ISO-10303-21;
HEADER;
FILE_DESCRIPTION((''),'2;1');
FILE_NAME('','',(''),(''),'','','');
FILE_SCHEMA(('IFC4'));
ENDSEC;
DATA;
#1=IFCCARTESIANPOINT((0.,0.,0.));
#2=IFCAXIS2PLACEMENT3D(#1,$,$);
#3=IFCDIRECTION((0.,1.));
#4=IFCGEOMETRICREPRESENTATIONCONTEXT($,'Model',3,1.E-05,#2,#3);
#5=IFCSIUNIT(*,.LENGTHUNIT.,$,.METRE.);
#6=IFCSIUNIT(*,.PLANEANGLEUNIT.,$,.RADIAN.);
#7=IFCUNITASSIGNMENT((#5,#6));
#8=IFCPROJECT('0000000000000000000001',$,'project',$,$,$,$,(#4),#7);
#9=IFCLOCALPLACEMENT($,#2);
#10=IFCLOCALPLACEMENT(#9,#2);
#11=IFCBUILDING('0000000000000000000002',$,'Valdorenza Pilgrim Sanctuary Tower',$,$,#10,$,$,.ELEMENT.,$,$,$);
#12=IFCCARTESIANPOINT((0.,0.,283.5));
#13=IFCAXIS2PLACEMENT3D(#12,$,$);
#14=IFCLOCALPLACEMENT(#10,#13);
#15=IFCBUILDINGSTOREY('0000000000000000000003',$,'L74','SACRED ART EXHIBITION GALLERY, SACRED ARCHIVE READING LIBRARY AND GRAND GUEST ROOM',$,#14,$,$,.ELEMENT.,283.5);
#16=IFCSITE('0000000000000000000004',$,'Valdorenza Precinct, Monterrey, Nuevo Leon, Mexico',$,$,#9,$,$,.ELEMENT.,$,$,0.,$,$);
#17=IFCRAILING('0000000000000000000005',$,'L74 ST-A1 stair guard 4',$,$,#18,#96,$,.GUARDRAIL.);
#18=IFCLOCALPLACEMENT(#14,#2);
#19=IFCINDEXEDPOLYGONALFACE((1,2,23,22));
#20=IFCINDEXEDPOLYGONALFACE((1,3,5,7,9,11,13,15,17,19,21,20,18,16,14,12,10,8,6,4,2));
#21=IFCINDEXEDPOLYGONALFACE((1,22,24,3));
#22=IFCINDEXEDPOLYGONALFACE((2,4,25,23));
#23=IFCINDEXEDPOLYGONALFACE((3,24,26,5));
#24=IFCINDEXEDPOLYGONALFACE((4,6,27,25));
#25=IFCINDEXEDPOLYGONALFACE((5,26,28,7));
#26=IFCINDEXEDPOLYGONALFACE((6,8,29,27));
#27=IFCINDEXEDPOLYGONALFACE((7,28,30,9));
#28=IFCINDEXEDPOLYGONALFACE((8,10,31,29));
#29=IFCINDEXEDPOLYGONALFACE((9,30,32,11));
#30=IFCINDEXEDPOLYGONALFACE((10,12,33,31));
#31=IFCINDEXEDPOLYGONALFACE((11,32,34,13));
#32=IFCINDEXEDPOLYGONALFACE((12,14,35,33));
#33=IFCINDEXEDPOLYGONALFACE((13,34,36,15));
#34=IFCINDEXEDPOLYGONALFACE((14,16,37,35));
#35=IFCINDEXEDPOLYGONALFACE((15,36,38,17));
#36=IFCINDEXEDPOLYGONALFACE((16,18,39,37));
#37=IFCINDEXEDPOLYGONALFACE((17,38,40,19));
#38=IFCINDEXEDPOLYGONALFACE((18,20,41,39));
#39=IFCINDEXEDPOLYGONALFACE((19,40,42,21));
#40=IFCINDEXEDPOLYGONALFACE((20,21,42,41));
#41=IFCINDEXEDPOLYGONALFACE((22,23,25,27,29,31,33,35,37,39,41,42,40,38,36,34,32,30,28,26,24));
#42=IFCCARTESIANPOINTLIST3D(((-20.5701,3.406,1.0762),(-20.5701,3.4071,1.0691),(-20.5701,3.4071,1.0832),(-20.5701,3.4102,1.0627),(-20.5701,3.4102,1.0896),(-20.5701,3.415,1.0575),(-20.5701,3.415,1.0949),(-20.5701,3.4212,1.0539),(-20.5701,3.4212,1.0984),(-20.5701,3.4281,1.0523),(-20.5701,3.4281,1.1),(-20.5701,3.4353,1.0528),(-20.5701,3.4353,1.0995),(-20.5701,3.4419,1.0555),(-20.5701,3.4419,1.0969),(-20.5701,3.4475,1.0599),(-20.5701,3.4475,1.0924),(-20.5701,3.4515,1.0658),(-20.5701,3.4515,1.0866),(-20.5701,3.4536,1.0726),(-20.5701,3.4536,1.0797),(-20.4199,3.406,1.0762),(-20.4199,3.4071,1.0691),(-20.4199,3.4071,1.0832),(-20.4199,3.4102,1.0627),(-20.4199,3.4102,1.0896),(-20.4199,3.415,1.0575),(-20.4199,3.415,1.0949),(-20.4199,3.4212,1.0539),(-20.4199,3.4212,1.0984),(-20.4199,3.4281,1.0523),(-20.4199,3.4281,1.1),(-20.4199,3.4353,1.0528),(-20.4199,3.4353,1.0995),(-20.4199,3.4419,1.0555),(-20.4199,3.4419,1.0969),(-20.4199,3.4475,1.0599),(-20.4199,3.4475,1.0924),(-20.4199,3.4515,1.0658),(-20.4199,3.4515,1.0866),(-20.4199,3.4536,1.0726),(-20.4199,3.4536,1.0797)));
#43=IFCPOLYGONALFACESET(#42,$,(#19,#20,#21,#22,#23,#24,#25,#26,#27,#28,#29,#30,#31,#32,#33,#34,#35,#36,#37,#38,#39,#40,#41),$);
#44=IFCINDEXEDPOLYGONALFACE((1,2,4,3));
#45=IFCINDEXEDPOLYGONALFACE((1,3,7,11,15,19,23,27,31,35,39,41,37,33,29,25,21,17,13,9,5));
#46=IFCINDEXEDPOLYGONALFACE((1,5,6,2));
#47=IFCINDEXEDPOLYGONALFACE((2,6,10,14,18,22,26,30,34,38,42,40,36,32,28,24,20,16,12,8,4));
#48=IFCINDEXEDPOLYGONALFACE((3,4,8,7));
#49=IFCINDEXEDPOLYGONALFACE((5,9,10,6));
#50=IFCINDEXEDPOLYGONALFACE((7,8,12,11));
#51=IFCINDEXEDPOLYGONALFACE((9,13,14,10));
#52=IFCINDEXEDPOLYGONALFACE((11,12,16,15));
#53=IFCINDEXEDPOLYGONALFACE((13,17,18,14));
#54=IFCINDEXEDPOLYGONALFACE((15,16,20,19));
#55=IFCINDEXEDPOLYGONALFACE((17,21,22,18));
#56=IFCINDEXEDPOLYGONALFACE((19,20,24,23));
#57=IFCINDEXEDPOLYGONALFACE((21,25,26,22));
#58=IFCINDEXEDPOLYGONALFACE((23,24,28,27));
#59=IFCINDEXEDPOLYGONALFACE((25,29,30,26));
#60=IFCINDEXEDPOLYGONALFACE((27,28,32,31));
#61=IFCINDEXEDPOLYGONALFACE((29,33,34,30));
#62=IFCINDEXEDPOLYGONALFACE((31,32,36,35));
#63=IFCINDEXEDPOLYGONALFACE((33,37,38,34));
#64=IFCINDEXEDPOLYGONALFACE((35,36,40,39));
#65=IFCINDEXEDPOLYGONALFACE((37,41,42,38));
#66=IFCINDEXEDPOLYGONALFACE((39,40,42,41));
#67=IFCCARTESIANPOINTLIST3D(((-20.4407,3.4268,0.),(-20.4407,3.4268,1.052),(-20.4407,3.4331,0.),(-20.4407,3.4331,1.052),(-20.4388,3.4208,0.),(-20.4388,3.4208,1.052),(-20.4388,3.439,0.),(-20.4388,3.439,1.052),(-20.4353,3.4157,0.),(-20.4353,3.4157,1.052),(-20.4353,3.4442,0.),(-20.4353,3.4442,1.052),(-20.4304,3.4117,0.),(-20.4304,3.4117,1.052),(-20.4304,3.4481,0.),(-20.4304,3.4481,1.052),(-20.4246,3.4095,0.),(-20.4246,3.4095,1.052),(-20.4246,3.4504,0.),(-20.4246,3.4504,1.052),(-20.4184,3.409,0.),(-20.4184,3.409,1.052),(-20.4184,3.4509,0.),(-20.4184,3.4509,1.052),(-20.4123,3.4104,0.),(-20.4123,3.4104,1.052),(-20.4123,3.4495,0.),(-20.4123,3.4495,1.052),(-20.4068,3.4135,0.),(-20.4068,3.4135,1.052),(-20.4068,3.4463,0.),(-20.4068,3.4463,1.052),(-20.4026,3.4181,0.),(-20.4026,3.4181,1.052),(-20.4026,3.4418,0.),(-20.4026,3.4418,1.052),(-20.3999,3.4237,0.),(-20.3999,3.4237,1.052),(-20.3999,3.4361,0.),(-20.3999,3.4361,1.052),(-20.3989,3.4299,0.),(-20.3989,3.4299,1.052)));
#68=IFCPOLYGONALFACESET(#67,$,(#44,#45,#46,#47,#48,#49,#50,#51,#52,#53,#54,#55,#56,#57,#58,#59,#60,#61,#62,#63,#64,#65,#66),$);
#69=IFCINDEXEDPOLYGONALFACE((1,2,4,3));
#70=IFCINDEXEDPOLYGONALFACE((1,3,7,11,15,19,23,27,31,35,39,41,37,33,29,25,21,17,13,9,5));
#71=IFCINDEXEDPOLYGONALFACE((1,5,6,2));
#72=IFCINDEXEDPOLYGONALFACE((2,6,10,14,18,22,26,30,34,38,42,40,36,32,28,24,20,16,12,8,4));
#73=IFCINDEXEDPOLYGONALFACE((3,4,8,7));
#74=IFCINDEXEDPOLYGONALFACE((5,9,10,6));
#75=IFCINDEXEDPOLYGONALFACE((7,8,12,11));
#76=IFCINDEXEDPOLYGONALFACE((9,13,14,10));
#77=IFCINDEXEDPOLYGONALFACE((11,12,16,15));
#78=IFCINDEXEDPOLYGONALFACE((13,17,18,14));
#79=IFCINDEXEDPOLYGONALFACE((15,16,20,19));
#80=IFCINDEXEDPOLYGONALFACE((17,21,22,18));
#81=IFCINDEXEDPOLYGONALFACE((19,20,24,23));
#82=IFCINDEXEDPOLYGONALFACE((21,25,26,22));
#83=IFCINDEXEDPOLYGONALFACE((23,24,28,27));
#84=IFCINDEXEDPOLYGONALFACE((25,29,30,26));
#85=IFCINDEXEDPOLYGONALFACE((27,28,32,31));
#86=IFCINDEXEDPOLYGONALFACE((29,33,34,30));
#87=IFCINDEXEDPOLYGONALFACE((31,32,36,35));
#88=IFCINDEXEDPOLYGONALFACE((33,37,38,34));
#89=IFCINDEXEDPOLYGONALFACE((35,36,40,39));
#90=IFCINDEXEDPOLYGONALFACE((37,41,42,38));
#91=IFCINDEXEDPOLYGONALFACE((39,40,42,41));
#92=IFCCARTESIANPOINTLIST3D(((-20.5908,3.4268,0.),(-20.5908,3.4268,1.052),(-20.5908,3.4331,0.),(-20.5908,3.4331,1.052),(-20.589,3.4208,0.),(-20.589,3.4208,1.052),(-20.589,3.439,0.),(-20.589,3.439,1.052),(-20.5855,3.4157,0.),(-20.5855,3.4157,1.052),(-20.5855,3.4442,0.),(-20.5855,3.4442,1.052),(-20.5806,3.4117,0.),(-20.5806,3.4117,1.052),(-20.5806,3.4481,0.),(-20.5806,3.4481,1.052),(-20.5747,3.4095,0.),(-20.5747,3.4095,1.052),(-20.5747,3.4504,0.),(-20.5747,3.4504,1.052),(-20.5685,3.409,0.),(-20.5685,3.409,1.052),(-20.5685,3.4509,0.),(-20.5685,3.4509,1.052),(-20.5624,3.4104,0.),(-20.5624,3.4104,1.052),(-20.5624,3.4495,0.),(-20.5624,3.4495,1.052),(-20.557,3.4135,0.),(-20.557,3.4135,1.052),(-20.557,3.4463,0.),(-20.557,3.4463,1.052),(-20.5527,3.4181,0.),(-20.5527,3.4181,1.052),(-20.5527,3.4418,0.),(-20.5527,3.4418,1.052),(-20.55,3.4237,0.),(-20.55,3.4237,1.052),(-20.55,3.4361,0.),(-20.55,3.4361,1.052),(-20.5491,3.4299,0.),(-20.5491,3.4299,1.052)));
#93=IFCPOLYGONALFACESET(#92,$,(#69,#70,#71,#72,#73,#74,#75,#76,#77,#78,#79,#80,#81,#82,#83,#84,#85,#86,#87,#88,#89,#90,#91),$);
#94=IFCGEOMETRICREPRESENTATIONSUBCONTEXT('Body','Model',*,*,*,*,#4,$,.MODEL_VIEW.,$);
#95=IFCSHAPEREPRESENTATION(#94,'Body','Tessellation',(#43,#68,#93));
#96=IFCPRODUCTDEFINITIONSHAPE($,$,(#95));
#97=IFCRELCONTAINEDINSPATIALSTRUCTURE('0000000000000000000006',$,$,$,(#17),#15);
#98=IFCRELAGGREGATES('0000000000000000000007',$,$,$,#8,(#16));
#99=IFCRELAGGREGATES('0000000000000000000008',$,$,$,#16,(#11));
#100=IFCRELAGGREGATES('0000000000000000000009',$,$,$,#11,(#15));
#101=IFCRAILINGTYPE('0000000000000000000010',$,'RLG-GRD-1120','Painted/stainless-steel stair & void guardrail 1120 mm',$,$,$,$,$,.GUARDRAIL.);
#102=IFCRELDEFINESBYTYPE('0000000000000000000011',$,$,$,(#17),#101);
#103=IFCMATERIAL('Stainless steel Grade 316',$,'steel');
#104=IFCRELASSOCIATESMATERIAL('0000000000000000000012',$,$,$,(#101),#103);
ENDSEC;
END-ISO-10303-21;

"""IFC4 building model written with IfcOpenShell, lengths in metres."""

from ifc_helpers import new_model, si_unit, direction, frame, origin, origin_2d, place, context, subcontext, project, spatial, circle, extrude, material, type_object, element, save


model = new_model("IFC4")

# Units and contexts
model_context = context("Model", 3, precision=1e-05, world=origin(), true_north=direction((0.0, 1.0)))
body_context = subcontext(model_context, "Body", "Model", "MODEL_VIEW")
ifc_project = project(units=[si_unit("LENGTHUNIT", "METRE"), si_unit("PLANEANGLEUNIT", "RADIAN")], contexts=[model_context])

# Site, building, storey
site_placement = place(None, origin())
site = spatial("IfcSite", under=ifc_project, at=site_placement, Name="Valdorenza Precinct, Monterrey, Nuevo Leon, Mexico", CompositionType="ELEMENT", RefElevation=0.0)
building_placement = place(site_placement, origin())
building = spatial("IfcBuilding", under=site, at=building_placement, Name="Valdorenza Pilgrim Sanctuary Tower", CompositionType="ELEMENT")
storey_placement = place(building_placement, frame((0.0, 0.0, 283.5)))
storey = spatial("IfcBuildingStorey", under=building, at=storey_placement, Name="L74", Description="SACRED ART EXHIBITION GALLERY, SACRED ARCHIVE READING LIBRARY AND GRAND GUEST ROOM", CompositionType="ELEMENT", Elevation=283.5)

# Railing
ifc_material_1 = material(Name="Stainless steel Grade 316", Category="steel")
railing_type_1 = type_object("IfcRailingType", Name="RLG-GRD-1120", Description="Painted/stainless-steel stair & void guardrail 1120 mm", PredefinedType="GUARDRAIL", material=ifc_material_1)
railing_1_placement = place(storey_placement, frame((-20.4199, 3.4299, 0.0)))
element("IfcRailing", 1, at=railing_1_placement, inside=storey, type_object=railing_type_1, Name="L74 ST-A1 stair guard 4", PredefinedType="GUARDRAIL", context=body_context, shape_type="SweptSolid", body=[
    extrude(circle(Radius=0.0239, at=origin_2d()), frame((0.0, 0.0, 1.0762), z_axis=(-1.0, 0.0, 0.0), x_axis=(0.0, -1.0, 0.0)), (0.0, 0.0, 1.0), 0.1501),
    extrude(circle(Radius=0.021, at=origin_2d()), origin(), (0.0, 0.0, 1.0), 1.052),
    extrude(circle(Radius=0.021, at=origin_2d()), frame((-0.1501, 0.0, 0.0)), (0.0, 0.0, 1.0), 1.052),
])

save(model, "model.ifc")
